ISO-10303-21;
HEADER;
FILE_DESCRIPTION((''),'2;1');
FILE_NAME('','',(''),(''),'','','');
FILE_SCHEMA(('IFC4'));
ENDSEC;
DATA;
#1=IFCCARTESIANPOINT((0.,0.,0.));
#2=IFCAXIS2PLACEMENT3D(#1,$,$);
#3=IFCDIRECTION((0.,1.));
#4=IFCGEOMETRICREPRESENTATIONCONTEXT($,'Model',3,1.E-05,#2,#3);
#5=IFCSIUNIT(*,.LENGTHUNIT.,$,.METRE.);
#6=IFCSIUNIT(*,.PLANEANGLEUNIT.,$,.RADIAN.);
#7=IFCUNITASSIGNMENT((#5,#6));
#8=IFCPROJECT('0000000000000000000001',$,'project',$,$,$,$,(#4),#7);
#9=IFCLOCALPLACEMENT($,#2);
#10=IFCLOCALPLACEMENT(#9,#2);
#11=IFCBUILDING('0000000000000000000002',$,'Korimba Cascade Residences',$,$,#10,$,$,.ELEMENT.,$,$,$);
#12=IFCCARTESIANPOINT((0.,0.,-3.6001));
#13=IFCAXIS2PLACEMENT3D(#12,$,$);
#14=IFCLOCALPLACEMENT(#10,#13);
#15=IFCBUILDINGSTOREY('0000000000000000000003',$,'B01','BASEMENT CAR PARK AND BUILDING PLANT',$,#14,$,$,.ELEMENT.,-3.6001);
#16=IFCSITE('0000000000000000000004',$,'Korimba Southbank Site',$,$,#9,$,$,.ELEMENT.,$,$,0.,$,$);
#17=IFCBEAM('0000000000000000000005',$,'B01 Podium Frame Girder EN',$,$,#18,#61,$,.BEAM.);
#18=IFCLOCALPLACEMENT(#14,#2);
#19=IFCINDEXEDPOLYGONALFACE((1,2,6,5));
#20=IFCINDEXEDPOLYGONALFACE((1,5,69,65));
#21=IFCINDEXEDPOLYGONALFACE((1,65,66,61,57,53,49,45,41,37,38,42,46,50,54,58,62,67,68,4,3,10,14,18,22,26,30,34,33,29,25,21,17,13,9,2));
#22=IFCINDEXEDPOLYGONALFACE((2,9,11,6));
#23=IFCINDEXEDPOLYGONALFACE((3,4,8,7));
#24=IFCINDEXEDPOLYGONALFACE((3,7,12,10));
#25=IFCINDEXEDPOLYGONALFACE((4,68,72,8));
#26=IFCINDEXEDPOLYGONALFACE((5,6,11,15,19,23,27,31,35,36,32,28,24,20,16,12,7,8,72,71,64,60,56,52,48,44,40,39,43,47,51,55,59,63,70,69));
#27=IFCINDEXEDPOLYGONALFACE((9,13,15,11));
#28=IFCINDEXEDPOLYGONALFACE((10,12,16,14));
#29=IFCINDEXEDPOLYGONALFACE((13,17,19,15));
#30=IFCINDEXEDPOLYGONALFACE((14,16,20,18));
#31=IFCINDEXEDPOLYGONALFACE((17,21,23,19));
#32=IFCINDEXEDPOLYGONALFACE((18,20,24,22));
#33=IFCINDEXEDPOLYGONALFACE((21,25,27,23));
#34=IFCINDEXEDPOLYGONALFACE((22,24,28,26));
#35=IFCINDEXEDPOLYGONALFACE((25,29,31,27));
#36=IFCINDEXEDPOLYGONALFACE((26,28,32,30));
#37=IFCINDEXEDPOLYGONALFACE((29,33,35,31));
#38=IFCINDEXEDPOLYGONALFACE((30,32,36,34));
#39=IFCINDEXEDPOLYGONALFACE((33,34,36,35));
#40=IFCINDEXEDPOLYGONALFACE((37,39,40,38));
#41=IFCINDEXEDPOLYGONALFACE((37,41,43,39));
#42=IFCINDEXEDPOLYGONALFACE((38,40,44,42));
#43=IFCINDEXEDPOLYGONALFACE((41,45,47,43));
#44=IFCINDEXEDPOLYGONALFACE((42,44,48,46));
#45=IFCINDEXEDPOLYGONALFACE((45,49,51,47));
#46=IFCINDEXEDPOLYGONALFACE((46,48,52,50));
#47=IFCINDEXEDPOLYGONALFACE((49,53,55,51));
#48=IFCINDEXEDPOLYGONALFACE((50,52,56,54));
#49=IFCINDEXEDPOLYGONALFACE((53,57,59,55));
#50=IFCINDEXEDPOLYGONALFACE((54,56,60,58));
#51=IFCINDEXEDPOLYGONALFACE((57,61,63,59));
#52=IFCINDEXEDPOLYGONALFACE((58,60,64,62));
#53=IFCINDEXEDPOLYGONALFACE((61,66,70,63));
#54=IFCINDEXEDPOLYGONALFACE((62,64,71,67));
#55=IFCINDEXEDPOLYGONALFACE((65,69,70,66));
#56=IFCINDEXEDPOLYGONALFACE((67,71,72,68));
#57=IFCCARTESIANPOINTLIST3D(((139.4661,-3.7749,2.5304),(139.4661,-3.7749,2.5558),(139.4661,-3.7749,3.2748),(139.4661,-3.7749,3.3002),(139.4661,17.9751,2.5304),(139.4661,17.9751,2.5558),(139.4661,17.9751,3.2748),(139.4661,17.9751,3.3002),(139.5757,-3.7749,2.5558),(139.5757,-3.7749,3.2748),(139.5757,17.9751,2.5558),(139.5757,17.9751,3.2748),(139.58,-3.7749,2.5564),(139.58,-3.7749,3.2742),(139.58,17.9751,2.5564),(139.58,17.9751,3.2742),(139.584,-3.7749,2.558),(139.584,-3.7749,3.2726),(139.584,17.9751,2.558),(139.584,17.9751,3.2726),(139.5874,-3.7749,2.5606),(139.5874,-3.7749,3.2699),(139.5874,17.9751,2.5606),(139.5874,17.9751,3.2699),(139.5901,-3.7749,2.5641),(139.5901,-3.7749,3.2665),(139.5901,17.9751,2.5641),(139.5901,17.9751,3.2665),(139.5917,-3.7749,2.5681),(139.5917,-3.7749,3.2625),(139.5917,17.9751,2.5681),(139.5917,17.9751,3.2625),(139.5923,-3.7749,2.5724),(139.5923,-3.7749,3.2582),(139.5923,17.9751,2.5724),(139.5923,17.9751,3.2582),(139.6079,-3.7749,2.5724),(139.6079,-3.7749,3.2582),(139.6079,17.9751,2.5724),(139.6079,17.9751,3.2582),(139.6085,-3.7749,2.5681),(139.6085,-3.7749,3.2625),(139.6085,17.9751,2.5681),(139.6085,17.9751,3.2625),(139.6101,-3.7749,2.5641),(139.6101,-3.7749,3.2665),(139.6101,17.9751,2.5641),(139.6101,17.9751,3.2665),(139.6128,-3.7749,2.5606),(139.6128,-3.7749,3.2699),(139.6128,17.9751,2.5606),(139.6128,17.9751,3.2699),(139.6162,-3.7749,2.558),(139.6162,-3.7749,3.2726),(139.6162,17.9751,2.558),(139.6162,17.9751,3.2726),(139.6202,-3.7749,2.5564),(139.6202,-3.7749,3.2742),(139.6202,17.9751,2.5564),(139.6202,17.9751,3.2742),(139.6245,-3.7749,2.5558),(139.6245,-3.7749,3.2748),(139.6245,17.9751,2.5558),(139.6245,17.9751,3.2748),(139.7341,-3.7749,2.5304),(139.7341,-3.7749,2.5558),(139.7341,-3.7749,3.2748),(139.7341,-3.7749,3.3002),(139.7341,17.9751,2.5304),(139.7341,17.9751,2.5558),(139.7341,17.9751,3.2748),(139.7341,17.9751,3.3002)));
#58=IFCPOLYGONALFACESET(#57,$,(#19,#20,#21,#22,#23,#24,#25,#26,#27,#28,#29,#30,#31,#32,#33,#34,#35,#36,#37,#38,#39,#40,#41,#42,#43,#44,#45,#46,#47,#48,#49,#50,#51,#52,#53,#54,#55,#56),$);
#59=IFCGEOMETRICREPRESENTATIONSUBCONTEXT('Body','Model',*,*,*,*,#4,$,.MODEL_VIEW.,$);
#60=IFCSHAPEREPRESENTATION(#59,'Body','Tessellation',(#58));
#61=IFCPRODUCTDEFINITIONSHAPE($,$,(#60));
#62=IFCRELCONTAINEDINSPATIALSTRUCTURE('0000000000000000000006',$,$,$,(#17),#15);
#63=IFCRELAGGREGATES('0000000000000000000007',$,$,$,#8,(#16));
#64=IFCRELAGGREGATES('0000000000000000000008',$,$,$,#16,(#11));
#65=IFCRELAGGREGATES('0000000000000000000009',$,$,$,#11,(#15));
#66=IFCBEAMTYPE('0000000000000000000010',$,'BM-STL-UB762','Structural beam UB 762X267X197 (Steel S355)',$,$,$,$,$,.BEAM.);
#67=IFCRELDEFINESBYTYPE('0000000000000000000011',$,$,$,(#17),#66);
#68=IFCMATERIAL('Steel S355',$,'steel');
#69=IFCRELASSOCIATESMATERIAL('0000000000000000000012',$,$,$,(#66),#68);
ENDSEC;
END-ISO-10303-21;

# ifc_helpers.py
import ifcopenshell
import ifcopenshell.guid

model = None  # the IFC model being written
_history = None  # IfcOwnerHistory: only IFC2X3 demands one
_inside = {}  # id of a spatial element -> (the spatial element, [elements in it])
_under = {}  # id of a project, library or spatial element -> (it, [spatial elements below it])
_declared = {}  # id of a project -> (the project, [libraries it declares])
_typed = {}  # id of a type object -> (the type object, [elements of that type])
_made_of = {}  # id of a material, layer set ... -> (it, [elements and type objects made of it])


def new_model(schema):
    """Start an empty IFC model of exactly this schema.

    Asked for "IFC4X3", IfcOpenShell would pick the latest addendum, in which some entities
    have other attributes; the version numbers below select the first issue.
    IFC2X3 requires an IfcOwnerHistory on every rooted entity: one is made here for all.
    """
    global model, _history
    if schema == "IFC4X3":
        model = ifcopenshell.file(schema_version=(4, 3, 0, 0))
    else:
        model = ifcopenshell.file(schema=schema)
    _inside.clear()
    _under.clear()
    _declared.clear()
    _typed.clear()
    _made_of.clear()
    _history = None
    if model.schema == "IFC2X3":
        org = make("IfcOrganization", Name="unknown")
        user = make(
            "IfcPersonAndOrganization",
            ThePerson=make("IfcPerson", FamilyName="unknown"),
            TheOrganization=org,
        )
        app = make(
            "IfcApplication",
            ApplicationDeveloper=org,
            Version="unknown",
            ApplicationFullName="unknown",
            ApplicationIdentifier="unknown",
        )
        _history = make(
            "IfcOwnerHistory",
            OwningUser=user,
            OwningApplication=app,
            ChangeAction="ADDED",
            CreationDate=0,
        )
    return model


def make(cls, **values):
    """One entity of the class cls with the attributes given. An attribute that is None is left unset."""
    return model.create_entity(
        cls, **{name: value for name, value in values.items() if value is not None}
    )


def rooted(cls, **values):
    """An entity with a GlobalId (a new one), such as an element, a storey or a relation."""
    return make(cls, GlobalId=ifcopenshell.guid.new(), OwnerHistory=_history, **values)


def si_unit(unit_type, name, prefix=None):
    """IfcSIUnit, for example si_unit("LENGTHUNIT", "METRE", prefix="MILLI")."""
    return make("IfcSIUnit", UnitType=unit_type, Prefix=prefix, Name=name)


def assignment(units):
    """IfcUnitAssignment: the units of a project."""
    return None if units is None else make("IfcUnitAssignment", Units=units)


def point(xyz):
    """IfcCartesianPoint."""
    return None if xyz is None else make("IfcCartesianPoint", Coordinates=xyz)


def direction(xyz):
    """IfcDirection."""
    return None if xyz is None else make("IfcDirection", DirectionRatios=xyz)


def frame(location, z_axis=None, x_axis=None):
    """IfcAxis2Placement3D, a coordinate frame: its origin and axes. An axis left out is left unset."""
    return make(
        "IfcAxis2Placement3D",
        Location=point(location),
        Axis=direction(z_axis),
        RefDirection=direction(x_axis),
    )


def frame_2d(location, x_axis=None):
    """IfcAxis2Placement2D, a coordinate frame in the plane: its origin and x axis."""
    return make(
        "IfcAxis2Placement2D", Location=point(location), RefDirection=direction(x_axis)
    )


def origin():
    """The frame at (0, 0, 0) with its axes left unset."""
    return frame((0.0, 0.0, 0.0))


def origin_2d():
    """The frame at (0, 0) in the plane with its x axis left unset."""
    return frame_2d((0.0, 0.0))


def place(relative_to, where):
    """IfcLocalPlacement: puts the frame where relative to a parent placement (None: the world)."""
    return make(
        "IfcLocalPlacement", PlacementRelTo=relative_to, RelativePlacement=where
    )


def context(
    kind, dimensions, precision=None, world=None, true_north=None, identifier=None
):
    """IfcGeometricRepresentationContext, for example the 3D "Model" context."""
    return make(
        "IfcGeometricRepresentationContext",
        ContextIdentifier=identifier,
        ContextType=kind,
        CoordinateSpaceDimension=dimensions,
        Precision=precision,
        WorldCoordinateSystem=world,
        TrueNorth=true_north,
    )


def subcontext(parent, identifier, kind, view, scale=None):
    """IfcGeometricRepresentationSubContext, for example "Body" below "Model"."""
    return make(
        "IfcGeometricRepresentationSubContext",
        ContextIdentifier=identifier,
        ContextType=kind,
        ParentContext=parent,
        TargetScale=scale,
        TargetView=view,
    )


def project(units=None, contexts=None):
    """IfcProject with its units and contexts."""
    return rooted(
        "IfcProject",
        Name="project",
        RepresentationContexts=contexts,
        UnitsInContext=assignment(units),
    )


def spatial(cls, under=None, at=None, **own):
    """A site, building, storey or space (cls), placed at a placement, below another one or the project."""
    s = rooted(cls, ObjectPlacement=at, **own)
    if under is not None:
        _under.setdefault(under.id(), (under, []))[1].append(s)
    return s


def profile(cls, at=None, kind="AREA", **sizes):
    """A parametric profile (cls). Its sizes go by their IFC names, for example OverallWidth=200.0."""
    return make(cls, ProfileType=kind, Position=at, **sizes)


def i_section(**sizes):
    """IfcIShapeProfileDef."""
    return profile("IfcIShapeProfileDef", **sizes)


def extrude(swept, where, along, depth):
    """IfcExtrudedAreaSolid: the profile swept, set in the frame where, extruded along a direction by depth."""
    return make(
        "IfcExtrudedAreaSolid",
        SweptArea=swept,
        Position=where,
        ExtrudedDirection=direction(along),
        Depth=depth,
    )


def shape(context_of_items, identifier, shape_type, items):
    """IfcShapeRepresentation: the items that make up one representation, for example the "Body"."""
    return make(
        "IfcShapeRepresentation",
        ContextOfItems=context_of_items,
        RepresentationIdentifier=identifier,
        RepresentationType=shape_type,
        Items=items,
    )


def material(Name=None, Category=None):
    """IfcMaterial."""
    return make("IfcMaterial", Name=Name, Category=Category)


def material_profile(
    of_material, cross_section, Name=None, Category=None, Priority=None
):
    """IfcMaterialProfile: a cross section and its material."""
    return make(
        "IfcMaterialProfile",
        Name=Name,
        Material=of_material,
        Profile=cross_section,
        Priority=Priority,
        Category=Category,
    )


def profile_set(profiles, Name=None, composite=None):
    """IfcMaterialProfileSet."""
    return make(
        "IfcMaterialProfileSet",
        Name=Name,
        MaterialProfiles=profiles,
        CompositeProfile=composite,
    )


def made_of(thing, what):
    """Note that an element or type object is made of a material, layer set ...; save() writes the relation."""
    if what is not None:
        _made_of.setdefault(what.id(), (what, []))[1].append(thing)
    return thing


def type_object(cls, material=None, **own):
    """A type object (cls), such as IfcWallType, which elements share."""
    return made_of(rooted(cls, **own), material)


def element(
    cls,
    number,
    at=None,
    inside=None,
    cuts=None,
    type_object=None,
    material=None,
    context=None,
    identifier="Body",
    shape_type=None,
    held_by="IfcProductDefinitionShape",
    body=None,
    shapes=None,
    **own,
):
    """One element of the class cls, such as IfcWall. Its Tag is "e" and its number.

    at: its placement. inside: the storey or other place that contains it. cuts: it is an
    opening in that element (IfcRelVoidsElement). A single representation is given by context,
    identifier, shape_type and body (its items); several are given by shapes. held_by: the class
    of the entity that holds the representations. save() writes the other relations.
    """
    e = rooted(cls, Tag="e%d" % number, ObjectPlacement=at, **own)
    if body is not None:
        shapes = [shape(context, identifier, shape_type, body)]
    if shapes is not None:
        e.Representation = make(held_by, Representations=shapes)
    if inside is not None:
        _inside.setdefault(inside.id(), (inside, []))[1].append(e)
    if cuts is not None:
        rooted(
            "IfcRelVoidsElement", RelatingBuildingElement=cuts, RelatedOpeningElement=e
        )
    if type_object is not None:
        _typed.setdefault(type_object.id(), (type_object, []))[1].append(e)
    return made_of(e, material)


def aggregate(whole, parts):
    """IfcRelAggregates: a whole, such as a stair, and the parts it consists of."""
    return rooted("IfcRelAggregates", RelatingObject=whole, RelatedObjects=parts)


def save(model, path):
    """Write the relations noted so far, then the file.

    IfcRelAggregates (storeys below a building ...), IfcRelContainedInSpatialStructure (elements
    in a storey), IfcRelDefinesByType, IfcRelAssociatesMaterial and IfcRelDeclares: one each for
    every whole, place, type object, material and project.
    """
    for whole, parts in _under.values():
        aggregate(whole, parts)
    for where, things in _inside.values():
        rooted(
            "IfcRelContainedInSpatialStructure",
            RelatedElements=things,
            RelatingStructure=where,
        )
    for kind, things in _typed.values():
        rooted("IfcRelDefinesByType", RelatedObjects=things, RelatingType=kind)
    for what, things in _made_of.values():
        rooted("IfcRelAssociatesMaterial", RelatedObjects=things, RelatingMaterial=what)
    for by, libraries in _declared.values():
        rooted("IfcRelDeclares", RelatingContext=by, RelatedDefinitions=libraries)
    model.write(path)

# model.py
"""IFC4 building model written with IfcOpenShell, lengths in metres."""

from ifc_helpers import new_model, si_unit, direction, frame, origin, origin_2d, place, context, subcontext, project, spatial, i_section, extrude, material, material_profile, profile_set, type_object, element, save


model = new_model("IFC4")

# Units and contexts
model_context = context("Model", 3, precision=1e-05, world=origin(), true_north=direction((0.0, 1.0)))
body_context = subcontext(model_context, "Body", "Model", "MODEL_VIEW")
ifc_project = project(units=[si_unit("LENGTHUNIT", "METRE"), si_unit("PLANEANGLEUNIT", "RADIAN")], contexts=[model_context])

# Site, building, storey
site_placement = place(None, origin())
site = spatial("IfcSite", under=ifc_project, at=site_placement, Name="Korimba Southbank Site", CompositionType="ELEMENT", RefElevation=0.0)
building_placement = place(site_placement, origin())
building = spatial("IfcBuilding", under=site, at=building_placement, Name="Korimba Cascade Residences", CompositionType="ELEMENT")
storey_placement = place(building_placement, frame((0.0, 0.0, -3.6001)))
storey = spatial("IfcBuildingStorey", under=building, at=storey_placement, Name="B01", Description="BASEMENT CAR PARK AND BUILDING PLANT", CompositionType="ELEMENT", Elevation=-3.6001)

# Beam
ifc_material_1 = material(Name="Steel S355", Category="steel")
ifc_material_profile_1 = material_profile(ifc_material_1, i_section(OverallWidth=0.2681, OverallDepth=0.7698, WebThickness=0.0156, FlangeThickness=0.0254, FilletRadius=0.0166, at=origin_2d()), Name="Steel S355")
ifc_profile_set_1 = profile_set([ifc_material_profile_1], Name="Steel S355")
beam_type_1 = type_object("IfcBeamType", Name="BM-STL-UB762", Description="Structural beam UB 762X267X197 (Steel S355)", PredefinedType="BEAM", material=ifc_profile_set_1)
beam_1_placement = place(storey_placement, frame((139.6001, -3.7749, 2.9153), z_axis=(0.0, 1.0, 0.0), x_axis=(-1.0, 0.0, 0.0)))
element("IfcBeam", 1, at=beam_1_placement, inside=storey, type_object=beam_type_1, Name="B01 Podium Frame Girder EN", PredefinedType="BEAM", context=body_context, shape_type="SweptSolid", body=[
    extrude(i_section(OverallWidth=0.2681, OverallDepth=0.7698, WebThickness=0.0156, FlangeThickness=0.0254, FilletRadius=0.0166, at=origin_2d()), origin(), (0.0, 0.0, 1.0), 21.75),
])

save(model, "model.ifc")
